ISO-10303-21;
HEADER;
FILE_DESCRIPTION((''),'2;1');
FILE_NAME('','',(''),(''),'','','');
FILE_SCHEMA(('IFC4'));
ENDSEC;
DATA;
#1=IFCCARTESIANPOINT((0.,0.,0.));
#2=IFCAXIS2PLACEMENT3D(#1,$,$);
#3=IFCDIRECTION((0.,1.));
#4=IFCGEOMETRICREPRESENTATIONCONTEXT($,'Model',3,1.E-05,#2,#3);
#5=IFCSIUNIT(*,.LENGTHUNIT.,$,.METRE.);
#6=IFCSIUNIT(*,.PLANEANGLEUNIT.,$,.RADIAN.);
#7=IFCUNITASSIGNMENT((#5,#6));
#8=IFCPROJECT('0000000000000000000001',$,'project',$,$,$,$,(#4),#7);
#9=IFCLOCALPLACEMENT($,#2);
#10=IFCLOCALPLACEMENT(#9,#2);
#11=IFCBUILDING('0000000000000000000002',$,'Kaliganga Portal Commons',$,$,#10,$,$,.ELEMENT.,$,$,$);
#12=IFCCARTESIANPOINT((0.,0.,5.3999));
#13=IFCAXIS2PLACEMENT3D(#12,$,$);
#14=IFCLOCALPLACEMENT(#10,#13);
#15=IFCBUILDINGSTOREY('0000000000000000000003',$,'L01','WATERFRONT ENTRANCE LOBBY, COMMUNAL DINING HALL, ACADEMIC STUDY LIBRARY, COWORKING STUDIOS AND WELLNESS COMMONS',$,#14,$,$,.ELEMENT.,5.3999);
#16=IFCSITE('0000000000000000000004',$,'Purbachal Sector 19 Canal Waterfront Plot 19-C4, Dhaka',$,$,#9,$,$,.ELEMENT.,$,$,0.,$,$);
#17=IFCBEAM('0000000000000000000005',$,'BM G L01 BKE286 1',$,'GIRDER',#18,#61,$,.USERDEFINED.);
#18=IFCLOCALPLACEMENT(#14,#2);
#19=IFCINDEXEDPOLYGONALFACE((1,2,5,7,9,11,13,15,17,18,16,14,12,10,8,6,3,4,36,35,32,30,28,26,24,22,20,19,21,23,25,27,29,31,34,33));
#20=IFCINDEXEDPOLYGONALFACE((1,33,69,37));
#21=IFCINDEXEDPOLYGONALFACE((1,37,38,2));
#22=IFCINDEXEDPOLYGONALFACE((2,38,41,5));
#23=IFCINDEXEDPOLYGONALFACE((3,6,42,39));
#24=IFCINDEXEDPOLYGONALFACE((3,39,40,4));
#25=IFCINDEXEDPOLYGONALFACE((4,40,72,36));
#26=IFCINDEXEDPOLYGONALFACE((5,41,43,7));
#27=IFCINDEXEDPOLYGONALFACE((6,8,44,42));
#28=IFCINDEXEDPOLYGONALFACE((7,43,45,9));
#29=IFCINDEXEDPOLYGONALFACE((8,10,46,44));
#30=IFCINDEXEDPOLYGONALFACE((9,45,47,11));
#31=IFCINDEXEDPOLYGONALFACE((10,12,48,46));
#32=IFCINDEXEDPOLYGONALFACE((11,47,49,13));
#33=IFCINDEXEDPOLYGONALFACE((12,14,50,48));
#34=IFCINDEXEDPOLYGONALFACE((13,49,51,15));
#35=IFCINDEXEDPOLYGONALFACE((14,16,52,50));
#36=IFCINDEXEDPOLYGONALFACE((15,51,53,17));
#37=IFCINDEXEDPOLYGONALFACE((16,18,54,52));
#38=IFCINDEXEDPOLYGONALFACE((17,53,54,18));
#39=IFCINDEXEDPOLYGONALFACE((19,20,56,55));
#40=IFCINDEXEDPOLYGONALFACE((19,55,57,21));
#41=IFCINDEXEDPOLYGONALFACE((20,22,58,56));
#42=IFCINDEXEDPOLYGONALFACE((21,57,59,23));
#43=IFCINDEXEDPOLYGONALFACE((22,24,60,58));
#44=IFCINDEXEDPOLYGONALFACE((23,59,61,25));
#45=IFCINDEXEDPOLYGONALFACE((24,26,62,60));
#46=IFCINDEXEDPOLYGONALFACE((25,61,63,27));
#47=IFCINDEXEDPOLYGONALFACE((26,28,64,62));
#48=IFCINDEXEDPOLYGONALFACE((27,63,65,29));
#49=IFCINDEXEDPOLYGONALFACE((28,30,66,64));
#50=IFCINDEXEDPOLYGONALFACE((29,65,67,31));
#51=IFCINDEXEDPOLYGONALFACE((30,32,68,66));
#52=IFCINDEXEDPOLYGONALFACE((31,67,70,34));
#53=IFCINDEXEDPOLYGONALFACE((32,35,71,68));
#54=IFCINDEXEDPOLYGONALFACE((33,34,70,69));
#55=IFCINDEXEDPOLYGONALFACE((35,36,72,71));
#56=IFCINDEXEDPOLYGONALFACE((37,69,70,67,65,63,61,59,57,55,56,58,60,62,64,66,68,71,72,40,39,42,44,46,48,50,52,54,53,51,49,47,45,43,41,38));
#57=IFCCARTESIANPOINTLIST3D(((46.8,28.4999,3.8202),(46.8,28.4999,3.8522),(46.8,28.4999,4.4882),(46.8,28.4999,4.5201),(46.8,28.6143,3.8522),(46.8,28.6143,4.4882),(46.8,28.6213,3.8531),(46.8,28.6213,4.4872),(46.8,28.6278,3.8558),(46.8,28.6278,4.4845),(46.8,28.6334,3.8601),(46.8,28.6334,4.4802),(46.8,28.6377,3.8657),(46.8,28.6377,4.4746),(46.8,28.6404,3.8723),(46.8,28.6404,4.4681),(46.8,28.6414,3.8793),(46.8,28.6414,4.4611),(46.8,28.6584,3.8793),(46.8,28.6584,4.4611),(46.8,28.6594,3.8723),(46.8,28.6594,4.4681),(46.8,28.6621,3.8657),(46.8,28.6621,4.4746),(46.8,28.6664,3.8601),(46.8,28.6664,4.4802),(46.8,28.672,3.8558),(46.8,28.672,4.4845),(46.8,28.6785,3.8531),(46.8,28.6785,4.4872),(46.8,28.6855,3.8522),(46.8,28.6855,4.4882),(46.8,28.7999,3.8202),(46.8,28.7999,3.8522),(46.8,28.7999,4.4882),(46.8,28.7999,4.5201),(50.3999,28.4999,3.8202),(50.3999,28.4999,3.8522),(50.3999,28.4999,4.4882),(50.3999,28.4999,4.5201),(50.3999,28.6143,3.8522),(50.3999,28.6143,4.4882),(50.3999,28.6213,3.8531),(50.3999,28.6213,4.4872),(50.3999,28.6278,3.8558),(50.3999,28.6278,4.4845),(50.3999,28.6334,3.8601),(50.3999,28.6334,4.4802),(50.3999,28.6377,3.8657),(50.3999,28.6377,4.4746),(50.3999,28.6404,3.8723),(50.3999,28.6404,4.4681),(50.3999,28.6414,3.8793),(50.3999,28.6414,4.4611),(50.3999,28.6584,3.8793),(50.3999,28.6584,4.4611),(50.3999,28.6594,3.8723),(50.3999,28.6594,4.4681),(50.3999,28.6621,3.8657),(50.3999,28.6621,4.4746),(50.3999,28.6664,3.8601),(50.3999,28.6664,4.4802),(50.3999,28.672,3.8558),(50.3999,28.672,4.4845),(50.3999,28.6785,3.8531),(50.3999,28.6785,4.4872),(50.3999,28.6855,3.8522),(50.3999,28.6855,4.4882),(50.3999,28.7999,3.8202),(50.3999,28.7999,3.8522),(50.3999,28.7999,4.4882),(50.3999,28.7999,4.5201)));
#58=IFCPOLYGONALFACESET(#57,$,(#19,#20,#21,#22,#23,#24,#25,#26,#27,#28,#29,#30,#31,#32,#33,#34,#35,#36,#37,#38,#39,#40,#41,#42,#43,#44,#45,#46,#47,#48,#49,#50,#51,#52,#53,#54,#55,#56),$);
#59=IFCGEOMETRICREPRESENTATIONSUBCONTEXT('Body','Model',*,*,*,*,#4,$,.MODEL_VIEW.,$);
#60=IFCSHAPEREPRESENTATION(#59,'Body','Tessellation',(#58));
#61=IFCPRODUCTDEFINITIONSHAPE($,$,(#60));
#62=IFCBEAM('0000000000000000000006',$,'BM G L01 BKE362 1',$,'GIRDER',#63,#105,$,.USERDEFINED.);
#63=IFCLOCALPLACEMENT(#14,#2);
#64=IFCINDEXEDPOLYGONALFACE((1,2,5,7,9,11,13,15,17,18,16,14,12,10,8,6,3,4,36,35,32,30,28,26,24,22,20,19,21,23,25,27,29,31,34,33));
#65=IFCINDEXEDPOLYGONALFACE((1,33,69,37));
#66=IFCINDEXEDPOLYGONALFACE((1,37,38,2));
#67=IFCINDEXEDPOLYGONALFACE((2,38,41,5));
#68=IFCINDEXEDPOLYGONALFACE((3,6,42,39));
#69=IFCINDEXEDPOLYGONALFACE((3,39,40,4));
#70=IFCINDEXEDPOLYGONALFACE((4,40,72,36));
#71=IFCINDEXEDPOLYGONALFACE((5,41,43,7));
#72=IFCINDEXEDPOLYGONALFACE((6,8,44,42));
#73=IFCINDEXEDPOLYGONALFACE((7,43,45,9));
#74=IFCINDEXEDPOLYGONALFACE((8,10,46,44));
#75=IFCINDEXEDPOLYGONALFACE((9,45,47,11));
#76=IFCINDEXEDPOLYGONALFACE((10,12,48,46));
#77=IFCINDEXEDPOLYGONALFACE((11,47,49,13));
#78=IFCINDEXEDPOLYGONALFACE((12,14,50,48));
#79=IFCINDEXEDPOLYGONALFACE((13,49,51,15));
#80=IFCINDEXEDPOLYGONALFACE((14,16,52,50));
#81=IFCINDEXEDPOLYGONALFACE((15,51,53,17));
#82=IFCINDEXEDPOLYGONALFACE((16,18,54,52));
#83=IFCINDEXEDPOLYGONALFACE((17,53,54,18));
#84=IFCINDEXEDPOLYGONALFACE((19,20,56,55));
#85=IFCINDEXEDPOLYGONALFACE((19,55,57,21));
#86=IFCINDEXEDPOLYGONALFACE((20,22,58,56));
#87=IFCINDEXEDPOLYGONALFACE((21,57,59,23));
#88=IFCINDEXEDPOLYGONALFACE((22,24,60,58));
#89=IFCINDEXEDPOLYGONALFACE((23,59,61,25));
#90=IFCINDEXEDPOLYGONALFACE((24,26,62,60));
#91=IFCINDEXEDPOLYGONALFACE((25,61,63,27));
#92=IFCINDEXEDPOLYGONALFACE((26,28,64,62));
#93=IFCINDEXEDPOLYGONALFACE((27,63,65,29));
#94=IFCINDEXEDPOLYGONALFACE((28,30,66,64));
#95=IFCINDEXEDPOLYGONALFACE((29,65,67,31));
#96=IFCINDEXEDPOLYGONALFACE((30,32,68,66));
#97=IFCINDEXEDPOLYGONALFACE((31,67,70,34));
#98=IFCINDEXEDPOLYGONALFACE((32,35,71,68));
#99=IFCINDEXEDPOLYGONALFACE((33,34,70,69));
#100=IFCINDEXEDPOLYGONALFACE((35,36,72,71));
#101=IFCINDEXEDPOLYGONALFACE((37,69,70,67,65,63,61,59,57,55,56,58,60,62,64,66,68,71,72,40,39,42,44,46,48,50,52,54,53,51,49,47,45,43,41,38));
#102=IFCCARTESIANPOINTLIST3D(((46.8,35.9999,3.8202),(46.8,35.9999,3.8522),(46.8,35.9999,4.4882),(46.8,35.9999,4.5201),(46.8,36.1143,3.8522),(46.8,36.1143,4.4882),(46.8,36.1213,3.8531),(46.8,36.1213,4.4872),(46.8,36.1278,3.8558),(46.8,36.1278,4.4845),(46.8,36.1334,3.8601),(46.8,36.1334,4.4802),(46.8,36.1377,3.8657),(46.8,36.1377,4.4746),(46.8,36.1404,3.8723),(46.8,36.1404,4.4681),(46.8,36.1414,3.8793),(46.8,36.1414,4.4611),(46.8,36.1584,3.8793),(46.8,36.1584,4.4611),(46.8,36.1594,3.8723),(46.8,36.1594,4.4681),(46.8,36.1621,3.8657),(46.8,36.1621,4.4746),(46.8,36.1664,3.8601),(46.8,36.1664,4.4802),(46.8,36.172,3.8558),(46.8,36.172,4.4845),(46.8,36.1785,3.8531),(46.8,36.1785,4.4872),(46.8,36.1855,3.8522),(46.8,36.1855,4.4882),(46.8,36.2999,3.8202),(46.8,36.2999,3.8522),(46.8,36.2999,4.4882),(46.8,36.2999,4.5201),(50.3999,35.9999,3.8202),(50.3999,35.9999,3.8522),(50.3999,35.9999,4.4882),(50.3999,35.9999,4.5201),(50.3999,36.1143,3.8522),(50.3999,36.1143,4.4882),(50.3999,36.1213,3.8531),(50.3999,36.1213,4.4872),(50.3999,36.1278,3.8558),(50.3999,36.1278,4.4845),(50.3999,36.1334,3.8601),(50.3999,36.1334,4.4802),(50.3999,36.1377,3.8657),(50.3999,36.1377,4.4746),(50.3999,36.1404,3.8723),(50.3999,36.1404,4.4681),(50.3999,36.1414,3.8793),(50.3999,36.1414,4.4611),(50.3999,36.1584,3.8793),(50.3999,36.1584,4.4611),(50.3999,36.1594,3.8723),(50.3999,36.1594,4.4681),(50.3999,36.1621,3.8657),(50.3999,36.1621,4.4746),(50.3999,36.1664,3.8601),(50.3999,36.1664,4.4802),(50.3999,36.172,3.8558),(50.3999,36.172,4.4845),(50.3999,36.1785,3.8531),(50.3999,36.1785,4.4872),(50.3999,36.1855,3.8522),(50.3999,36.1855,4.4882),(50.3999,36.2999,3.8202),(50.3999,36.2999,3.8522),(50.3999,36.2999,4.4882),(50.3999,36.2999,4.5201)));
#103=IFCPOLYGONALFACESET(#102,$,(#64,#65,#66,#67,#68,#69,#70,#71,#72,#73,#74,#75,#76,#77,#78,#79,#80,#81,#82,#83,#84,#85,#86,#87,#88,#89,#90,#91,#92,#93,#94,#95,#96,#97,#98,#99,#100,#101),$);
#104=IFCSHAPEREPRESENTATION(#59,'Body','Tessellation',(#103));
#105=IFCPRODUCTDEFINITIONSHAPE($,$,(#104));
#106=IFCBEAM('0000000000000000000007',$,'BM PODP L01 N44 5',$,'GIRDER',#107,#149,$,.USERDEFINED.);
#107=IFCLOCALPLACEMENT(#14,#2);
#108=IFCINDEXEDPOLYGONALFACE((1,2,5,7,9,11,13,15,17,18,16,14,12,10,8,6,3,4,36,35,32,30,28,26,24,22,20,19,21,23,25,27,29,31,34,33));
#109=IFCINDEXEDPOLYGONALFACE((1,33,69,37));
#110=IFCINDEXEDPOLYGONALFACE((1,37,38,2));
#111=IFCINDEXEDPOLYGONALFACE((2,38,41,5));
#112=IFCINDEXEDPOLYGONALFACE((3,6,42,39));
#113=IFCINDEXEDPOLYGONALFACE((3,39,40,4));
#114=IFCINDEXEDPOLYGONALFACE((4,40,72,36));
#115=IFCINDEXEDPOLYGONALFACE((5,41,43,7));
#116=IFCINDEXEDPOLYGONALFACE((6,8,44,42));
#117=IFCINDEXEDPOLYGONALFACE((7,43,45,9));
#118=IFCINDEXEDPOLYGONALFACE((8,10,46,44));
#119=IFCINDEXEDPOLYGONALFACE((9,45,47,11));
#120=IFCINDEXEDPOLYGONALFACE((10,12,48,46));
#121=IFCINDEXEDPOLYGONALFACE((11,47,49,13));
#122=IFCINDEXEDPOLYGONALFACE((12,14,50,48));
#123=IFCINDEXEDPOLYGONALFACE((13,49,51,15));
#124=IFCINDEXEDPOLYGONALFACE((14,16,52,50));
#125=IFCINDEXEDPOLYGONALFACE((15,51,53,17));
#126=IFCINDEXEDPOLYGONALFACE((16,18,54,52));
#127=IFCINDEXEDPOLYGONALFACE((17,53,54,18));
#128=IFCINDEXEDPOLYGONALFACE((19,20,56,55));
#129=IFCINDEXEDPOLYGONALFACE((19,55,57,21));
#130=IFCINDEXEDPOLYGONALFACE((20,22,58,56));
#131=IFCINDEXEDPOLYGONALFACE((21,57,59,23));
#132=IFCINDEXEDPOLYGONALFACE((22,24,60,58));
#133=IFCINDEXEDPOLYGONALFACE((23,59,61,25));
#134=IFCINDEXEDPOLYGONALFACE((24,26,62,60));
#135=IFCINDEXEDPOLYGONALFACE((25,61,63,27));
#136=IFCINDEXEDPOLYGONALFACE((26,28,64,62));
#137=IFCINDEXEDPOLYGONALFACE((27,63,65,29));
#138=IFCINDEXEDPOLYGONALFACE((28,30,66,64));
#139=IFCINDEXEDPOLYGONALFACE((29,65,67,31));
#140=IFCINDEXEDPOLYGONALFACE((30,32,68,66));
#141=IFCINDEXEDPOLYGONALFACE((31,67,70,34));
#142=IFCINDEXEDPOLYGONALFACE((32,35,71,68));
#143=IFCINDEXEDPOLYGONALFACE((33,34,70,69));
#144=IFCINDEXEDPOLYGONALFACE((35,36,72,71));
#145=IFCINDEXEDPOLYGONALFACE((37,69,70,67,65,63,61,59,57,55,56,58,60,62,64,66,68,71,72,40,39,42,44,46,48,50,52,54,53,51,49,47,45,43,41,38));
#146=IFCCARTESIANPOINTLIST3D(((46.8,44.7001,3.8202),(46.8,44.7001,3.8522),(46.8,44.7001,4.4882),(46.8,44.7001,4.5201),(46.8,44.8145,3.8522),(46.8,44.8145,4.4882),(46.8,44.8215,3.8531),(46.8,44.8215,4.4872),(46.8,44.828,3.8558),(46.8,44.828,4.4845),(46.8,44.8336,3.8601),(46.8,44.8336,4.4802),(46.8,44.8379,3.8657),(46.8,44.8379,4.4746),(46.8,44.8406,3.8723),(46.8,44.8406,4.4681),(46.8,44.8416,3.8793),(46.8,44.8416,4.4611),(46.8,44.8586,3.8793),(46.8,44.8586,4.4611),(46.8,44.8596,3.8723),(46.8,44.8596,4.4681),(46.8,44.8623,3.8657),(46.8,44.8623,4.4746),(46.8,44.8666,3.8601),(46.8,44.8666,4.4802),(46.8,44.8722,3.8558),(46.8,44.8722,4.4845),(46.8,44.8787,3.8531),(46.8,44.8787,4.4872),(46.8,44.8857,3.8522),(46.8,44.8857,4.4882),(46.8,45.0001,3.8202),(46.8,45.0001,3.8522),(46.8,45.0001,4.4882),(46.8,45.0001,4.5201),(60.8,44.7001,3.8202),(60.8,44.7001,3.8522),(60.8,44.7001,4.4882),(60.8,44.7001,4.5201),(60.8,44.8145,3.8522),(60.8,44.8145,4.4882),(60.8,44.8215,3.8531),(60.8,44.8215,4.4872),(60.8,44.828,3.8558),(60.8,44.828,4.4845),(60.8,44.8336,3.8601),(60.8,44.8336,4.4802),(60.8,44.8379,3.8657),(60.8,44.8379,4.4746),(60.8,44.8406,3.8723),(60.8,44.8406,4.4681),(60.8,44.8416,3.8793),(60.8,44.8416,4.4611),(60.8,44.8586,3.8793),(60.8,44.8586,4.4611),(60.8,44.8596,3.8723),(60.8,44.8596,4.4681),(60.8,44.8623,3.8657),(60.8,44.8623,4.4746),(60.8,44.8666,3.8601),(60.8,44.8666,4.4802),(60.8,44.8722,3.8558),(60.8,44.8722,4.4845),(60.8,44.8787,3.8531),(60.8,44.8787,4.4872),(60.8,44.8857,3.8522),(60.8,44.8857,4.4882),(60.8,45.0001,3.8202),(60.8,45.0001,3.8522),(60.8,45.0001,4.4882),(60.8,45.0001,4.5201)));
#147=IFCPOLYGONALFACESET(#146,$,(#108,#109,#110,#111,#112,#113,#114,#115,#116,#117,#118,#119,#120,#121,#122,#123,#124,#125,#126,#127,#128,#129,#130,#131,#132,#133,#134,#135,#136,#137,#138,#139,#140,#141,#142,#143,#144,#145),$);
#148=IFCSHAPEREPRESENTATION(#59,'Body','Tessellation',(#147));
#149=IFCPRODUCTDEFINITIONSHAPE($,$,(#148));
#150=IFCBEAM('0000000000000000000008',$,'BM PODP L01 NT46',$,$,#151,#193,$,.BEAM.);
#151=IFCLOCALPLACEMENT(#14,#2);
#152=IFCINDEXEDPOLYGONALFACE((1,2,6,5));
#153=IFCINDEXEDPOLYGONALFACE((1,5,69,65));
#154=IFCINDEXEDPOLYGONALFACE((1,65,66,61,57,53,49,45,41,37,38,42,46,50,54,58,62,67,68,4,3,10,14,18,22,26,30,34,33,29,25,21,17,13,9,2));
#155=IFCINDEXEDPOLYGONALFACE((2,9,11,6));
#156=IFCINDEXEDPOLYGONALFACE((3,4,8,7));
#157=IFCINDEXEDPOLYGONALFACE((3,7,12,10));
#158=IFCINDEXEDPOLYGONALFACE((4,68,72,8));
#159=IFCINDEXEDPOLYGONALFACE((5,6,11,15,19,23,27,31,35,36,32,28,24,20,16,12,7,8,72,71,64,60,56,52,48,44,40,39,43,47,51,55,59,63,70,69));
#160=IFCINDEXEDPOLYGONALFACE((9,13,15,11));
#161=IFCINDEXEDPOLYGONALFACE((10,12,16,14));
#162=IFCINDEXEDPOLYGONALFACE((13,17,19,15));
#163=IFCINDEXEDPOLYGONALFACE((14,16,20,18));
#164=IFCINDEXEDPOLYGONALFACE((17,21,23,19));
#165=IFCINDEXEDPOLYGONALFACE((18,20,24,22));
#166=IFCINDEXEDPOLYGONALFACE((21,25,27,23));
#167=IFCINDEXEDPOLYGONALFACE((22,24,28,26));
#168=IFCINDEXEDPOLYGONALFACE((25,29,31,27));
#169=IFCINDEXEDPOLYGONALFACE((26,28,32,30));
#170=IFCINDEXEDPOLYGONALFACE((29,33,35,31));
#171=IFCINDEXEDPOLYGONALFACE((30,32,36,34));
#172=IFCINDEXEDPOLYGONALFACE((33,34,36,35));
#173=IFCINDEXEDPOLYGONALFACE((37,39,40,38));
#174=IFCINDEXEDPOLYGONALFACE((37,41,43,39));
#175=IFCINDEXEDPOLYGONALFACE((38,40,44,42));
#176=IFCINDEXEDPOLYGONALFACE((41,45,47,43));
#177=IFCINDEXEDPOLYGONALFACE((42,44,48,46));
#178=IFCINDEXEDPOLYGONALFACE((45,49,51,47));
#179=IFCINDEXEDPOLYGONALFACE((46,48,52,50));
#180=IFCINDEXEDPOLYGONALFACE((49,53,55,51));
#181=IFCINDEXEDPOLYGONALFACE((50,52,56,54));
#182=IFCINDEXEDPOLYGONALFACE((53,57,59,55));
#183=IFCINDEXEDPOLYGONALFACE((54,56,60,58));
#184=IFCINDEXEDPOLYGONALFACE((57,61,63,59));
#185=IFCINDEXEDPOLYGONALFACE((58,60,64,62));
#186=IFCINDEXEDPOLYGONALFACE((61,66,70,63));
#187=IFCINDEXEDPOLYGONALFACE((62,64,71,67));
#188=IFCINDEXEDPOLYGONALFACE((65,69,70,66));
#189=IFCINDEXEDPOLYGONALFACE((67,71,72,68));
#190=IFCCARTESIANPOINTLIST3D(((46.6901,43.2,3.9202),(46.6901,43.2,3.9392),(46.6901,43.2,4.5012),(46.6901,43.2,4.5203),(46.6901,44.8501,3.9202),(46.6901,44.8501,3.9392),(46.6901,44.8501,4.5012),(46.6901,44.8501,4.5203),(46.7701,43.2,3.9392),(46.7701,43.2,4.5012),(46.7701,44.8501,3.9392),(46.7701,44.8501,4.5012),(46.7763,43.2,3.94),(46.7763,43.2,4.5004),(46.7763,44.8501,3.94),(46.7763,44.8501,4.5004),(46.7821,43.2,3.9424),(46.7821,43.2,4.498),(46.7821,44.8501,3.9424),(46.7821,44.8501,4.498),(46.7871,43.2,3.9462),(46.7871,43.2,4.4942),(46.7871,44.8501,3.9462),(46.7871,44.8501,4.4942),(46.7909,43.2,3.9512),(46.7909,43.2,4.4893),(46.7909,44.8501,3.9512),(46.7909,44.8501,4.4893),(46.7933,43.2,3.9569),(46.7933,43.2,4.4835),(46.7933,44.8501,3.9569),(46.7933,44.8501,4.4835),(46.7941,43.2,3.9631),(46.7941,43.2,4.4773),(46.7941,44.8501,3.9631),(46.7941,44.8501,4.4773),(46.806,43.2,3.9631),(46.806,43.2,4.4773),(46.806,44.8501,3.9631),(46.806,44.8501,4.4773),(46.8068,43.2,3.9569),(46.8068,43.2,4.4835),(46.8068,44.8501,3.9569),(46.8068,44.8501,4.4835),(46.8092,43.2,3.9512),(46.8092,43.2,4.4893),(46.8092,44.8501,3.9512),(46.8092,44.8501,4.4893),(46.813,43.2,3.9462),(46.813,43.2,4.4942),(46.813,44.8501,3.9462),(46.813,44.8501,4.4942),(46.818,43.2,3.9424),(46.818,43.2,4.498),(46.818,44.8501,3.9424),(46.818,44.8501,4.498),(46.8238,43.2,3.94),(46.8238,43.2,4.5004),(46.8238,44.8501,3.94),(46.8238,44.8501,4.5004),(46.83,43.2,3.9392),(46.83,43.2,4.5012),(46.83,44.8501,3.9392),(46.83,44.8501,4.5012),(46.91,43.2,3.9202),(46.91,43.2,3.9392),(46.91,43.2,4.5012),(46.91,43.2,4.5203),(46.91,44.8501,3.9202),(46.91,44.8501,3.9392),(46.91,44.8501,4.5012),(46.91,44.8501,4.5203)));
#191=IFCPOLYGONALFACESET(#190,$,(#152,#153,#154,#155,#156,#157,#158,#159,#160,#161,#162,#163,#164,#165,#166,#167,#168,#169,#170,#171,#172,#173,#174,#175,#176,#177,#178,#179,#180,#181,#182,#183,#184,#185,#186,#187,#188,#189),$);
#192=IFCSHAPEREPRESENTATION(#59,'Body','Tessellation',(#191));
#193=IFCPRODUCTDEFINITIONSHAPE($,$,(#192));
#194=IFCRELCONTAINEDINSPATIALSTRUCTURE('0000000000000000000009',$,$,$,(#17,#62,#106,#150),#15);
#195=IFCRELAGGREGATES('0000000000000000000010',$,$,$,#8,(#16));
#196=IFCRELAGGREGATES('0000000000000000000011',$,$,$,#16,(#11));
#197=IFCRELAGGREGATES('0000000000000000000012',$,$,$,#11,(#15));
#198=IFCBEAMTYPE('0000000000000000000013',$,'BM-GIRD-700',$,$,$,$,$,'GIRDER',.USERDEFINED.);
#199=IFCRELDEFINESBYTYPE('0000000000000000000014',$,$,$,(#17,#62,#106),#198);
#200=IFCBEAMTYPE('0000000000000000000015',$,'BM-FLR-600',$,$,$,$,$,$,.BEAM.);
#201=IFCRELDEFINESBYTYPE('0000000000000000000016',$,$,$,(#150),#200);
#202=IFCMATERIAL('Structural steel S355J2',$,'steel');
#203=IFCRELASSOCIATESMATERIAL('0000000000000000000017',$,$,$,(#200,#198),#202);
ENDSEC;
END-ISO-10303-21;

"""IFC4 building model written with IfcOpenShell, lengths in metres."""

from ifc_helpers import new_model, si_unit, direction, frame, origin, origin_2d, place, context, subcontext, project, spatial, i_section, extrude, source, transform, mapped, material, material_profile, profile_set, type_object, element, save


model = new_model("IFC4")

# Units and contexts
model_context = context("Model", 3, precision=1e-05, world=origin(), true_north=direction((0.0, 1.0)))
body_context = subcontext(model_context, "Body", "Model", "MODEL_VIEW")
ifc_project = project(units=[si_unit("LENGTHUNIT", "METRE"), si_unit("PLANEANGLEUNIT", "RADIAN")], contexts=[model_context])

# Site, building, storey
site_placement = place(None, origin())
site = spatial("IfcSite", under=ifc_project, at=site_placement, Name="Purbachal Sector 19 Canal Waterfront Plot 19-C4, Dhaka", CompositionType="ELEMENT", RefElevation=0.0)
building_placement = place(site_placement, origin())
building = spatial("IfcBuilding", under=site, at=building_placement, Name="Kaliganga Portal Commons", CompositionType="ELEMENT")
storey_placement = place(building_placement, frame((0.0, 0.0, 5.3999)))
storey = spatial("IfcBuildingStorey", under=building, at=storey_placement, Name="L01", Description="WATERFRONT ENTRANCE LOBBY, COMMUNAL DINING HALL, ACADEMIC STUDY LIBRARY, COWORKING STUDIOS AND WELLNESS COMMONS", CompositionType="ELEMENT", Elevation=5.3999)

# Beams
ifc_material_1 = material(Name="Structural steel S355J2", Category="steel")
ifc_material_profile_1 = material_profile(ifc_material_1, i_section(OverallWidth=0.22, OverallDepth=0.6001, WebThickness=0.012, FlangeThickness=0.019, FilletRadius=0.0239, at=origin_2d()), Name="IPE 600")
ifc_profile_set_1 = profile_set([ifc_material_profile_1], Name="Structural steel S355J2 wide-flange")
beam_type_1 = type_object("IfcBeamType", Name="BM-FLR-600", PredefinedType="BEAM", material=ifc_profile_set_1)
ifc_material_profile_2 = material_profile(ifc_material_1, i_section(OverallWidth=0.3, OverallDepth=0.7, WebThickness=0.0171, FlangeThickness=0.032, FilletRadius=0.0271, at=origin_2d()), Name="HE 700 B")
ifc_profile_set_2 = profile_set([ifc_material_profile_2], Name="Structural steel S355J2 wide-flange")
beam_type_2 = type_object("IfcBeamType", Name="BM-GIRD-700", ElementType="GIRDER", PredefinedType="USERDEFINED", material=ifc_profile_set_2)
shared_shape_1 = source(origin(), body_context, "Body", "SweptSolid", [
    extrude(i_section(OverallWidth=0.3, OverallDepth=0.7, WebThickness=0.0171, FlangeThickness=0.032, FilletRadius=0.0271, at=origin_2d()), origin(), (0.0, 0.0, 1.0), 3.5999),
])
for number, where, z_axis, x_axis, name in (
    (1, (46.8, 28.6499, 4.1702), (1.0, 0.0, 0.0), (0.0, 1.0, 0.0), "BM G L01 BKE286 1"),
    (2, (46.8, 36.1499, 4.1702), (1.0, 0.0, 0.0), (0.0, 1.0, 0.0), "BM G L01 BKE362 1"),
):
    element("IfcBeam", number, at=place(storey_placement, frame(where, z_axis=z_axis, x_axis=x_axis)), inside=storey, type_object=beam_type_2, Name=name, ObjectType="GIRDER", PredefinedType="USERDEFINED", context=body_context, shape_type="MappedRepresentation", body=[
        mapped(shared_shape_1, transform((0.0, 0.0, 0.0), x_axis=(1.0, 0.0, 0.0), y_axis=(0.0, 1.0, 0.0), z_axis=(0.0, 0.0, 1.0), scale=1.0)),
    ])
shared_shape_2 = source(origin(), body_context, "Body", "SweptSolid", [
    extrude(i_section(OverallWidth=0.3, OverallDepth=0.7, WebThickness=0.0171, FlangeThickness=0.032, FilletRadius=0.0271, at=origin_2d()), origin(), (0.0, 0.0, 1.0), 14.0),
])
beam_1_placement = place(storey_placement, frame((46.8, 44.8501, 4.1702), z_axis=(1.0, 0.0, 0.0), x_axis=(0.0, 1.0, 0.0)))
element("IfcBeam", 3, at=beam_1_placement, inside=storey, type_object=beam_type_2, Name="BM PODP L01 N44 5", ObjectType="GIRDER", PredefinedType="USERDEFINED", context=body_context, shape_type="MappedRepresentation", body=[
    mapped(shared_shape_2, transform((0.0, 0.0, 0.0), x_axis=(1.0, 0.0, 0.0), y_axis=(0.0, 1.0, 0.0), z_axis=(0.0, 0.0, 1.0), scale=1.0)),
])
shared_shape_3 = source(origin(), body_context, "Body", "SweptSolid", [
    extrude(i_section(OverallWidth=0.22, OverallDepth=0.6001, WebThickness=0.012, FlangeThickness=0.019, FilletRadius=0.0239, at=origin_2d()), origin(), (0.0, 0.0, 1.0), 1.6501),
])
beam_2_placement = place(storey_placement, frame((46.8, 43.2, 4.2202), z_axis=(0.0, 1.0, 0.0), x_axis=(-1.0, 0.0, 0.0)))
element("IfcBeam", 4, at=beam_2_placement, inside=storey, type_object=beam_type_1, Name="BM PODP L01 NT46", PredefinedType="BEAM", context=body_context, shape_type="MappedRepresentation", body=[
    mapped(shared_shape_3, transform((0.0, 0.0, 0.0), x_axis=(1.0, 0.0, 0.0), y_axis=(0.0, 1.0, 0.0), z_axis=(0.0, 0.0, 1.0), scale=1.0)),
])

save(model, "model.ifc")
